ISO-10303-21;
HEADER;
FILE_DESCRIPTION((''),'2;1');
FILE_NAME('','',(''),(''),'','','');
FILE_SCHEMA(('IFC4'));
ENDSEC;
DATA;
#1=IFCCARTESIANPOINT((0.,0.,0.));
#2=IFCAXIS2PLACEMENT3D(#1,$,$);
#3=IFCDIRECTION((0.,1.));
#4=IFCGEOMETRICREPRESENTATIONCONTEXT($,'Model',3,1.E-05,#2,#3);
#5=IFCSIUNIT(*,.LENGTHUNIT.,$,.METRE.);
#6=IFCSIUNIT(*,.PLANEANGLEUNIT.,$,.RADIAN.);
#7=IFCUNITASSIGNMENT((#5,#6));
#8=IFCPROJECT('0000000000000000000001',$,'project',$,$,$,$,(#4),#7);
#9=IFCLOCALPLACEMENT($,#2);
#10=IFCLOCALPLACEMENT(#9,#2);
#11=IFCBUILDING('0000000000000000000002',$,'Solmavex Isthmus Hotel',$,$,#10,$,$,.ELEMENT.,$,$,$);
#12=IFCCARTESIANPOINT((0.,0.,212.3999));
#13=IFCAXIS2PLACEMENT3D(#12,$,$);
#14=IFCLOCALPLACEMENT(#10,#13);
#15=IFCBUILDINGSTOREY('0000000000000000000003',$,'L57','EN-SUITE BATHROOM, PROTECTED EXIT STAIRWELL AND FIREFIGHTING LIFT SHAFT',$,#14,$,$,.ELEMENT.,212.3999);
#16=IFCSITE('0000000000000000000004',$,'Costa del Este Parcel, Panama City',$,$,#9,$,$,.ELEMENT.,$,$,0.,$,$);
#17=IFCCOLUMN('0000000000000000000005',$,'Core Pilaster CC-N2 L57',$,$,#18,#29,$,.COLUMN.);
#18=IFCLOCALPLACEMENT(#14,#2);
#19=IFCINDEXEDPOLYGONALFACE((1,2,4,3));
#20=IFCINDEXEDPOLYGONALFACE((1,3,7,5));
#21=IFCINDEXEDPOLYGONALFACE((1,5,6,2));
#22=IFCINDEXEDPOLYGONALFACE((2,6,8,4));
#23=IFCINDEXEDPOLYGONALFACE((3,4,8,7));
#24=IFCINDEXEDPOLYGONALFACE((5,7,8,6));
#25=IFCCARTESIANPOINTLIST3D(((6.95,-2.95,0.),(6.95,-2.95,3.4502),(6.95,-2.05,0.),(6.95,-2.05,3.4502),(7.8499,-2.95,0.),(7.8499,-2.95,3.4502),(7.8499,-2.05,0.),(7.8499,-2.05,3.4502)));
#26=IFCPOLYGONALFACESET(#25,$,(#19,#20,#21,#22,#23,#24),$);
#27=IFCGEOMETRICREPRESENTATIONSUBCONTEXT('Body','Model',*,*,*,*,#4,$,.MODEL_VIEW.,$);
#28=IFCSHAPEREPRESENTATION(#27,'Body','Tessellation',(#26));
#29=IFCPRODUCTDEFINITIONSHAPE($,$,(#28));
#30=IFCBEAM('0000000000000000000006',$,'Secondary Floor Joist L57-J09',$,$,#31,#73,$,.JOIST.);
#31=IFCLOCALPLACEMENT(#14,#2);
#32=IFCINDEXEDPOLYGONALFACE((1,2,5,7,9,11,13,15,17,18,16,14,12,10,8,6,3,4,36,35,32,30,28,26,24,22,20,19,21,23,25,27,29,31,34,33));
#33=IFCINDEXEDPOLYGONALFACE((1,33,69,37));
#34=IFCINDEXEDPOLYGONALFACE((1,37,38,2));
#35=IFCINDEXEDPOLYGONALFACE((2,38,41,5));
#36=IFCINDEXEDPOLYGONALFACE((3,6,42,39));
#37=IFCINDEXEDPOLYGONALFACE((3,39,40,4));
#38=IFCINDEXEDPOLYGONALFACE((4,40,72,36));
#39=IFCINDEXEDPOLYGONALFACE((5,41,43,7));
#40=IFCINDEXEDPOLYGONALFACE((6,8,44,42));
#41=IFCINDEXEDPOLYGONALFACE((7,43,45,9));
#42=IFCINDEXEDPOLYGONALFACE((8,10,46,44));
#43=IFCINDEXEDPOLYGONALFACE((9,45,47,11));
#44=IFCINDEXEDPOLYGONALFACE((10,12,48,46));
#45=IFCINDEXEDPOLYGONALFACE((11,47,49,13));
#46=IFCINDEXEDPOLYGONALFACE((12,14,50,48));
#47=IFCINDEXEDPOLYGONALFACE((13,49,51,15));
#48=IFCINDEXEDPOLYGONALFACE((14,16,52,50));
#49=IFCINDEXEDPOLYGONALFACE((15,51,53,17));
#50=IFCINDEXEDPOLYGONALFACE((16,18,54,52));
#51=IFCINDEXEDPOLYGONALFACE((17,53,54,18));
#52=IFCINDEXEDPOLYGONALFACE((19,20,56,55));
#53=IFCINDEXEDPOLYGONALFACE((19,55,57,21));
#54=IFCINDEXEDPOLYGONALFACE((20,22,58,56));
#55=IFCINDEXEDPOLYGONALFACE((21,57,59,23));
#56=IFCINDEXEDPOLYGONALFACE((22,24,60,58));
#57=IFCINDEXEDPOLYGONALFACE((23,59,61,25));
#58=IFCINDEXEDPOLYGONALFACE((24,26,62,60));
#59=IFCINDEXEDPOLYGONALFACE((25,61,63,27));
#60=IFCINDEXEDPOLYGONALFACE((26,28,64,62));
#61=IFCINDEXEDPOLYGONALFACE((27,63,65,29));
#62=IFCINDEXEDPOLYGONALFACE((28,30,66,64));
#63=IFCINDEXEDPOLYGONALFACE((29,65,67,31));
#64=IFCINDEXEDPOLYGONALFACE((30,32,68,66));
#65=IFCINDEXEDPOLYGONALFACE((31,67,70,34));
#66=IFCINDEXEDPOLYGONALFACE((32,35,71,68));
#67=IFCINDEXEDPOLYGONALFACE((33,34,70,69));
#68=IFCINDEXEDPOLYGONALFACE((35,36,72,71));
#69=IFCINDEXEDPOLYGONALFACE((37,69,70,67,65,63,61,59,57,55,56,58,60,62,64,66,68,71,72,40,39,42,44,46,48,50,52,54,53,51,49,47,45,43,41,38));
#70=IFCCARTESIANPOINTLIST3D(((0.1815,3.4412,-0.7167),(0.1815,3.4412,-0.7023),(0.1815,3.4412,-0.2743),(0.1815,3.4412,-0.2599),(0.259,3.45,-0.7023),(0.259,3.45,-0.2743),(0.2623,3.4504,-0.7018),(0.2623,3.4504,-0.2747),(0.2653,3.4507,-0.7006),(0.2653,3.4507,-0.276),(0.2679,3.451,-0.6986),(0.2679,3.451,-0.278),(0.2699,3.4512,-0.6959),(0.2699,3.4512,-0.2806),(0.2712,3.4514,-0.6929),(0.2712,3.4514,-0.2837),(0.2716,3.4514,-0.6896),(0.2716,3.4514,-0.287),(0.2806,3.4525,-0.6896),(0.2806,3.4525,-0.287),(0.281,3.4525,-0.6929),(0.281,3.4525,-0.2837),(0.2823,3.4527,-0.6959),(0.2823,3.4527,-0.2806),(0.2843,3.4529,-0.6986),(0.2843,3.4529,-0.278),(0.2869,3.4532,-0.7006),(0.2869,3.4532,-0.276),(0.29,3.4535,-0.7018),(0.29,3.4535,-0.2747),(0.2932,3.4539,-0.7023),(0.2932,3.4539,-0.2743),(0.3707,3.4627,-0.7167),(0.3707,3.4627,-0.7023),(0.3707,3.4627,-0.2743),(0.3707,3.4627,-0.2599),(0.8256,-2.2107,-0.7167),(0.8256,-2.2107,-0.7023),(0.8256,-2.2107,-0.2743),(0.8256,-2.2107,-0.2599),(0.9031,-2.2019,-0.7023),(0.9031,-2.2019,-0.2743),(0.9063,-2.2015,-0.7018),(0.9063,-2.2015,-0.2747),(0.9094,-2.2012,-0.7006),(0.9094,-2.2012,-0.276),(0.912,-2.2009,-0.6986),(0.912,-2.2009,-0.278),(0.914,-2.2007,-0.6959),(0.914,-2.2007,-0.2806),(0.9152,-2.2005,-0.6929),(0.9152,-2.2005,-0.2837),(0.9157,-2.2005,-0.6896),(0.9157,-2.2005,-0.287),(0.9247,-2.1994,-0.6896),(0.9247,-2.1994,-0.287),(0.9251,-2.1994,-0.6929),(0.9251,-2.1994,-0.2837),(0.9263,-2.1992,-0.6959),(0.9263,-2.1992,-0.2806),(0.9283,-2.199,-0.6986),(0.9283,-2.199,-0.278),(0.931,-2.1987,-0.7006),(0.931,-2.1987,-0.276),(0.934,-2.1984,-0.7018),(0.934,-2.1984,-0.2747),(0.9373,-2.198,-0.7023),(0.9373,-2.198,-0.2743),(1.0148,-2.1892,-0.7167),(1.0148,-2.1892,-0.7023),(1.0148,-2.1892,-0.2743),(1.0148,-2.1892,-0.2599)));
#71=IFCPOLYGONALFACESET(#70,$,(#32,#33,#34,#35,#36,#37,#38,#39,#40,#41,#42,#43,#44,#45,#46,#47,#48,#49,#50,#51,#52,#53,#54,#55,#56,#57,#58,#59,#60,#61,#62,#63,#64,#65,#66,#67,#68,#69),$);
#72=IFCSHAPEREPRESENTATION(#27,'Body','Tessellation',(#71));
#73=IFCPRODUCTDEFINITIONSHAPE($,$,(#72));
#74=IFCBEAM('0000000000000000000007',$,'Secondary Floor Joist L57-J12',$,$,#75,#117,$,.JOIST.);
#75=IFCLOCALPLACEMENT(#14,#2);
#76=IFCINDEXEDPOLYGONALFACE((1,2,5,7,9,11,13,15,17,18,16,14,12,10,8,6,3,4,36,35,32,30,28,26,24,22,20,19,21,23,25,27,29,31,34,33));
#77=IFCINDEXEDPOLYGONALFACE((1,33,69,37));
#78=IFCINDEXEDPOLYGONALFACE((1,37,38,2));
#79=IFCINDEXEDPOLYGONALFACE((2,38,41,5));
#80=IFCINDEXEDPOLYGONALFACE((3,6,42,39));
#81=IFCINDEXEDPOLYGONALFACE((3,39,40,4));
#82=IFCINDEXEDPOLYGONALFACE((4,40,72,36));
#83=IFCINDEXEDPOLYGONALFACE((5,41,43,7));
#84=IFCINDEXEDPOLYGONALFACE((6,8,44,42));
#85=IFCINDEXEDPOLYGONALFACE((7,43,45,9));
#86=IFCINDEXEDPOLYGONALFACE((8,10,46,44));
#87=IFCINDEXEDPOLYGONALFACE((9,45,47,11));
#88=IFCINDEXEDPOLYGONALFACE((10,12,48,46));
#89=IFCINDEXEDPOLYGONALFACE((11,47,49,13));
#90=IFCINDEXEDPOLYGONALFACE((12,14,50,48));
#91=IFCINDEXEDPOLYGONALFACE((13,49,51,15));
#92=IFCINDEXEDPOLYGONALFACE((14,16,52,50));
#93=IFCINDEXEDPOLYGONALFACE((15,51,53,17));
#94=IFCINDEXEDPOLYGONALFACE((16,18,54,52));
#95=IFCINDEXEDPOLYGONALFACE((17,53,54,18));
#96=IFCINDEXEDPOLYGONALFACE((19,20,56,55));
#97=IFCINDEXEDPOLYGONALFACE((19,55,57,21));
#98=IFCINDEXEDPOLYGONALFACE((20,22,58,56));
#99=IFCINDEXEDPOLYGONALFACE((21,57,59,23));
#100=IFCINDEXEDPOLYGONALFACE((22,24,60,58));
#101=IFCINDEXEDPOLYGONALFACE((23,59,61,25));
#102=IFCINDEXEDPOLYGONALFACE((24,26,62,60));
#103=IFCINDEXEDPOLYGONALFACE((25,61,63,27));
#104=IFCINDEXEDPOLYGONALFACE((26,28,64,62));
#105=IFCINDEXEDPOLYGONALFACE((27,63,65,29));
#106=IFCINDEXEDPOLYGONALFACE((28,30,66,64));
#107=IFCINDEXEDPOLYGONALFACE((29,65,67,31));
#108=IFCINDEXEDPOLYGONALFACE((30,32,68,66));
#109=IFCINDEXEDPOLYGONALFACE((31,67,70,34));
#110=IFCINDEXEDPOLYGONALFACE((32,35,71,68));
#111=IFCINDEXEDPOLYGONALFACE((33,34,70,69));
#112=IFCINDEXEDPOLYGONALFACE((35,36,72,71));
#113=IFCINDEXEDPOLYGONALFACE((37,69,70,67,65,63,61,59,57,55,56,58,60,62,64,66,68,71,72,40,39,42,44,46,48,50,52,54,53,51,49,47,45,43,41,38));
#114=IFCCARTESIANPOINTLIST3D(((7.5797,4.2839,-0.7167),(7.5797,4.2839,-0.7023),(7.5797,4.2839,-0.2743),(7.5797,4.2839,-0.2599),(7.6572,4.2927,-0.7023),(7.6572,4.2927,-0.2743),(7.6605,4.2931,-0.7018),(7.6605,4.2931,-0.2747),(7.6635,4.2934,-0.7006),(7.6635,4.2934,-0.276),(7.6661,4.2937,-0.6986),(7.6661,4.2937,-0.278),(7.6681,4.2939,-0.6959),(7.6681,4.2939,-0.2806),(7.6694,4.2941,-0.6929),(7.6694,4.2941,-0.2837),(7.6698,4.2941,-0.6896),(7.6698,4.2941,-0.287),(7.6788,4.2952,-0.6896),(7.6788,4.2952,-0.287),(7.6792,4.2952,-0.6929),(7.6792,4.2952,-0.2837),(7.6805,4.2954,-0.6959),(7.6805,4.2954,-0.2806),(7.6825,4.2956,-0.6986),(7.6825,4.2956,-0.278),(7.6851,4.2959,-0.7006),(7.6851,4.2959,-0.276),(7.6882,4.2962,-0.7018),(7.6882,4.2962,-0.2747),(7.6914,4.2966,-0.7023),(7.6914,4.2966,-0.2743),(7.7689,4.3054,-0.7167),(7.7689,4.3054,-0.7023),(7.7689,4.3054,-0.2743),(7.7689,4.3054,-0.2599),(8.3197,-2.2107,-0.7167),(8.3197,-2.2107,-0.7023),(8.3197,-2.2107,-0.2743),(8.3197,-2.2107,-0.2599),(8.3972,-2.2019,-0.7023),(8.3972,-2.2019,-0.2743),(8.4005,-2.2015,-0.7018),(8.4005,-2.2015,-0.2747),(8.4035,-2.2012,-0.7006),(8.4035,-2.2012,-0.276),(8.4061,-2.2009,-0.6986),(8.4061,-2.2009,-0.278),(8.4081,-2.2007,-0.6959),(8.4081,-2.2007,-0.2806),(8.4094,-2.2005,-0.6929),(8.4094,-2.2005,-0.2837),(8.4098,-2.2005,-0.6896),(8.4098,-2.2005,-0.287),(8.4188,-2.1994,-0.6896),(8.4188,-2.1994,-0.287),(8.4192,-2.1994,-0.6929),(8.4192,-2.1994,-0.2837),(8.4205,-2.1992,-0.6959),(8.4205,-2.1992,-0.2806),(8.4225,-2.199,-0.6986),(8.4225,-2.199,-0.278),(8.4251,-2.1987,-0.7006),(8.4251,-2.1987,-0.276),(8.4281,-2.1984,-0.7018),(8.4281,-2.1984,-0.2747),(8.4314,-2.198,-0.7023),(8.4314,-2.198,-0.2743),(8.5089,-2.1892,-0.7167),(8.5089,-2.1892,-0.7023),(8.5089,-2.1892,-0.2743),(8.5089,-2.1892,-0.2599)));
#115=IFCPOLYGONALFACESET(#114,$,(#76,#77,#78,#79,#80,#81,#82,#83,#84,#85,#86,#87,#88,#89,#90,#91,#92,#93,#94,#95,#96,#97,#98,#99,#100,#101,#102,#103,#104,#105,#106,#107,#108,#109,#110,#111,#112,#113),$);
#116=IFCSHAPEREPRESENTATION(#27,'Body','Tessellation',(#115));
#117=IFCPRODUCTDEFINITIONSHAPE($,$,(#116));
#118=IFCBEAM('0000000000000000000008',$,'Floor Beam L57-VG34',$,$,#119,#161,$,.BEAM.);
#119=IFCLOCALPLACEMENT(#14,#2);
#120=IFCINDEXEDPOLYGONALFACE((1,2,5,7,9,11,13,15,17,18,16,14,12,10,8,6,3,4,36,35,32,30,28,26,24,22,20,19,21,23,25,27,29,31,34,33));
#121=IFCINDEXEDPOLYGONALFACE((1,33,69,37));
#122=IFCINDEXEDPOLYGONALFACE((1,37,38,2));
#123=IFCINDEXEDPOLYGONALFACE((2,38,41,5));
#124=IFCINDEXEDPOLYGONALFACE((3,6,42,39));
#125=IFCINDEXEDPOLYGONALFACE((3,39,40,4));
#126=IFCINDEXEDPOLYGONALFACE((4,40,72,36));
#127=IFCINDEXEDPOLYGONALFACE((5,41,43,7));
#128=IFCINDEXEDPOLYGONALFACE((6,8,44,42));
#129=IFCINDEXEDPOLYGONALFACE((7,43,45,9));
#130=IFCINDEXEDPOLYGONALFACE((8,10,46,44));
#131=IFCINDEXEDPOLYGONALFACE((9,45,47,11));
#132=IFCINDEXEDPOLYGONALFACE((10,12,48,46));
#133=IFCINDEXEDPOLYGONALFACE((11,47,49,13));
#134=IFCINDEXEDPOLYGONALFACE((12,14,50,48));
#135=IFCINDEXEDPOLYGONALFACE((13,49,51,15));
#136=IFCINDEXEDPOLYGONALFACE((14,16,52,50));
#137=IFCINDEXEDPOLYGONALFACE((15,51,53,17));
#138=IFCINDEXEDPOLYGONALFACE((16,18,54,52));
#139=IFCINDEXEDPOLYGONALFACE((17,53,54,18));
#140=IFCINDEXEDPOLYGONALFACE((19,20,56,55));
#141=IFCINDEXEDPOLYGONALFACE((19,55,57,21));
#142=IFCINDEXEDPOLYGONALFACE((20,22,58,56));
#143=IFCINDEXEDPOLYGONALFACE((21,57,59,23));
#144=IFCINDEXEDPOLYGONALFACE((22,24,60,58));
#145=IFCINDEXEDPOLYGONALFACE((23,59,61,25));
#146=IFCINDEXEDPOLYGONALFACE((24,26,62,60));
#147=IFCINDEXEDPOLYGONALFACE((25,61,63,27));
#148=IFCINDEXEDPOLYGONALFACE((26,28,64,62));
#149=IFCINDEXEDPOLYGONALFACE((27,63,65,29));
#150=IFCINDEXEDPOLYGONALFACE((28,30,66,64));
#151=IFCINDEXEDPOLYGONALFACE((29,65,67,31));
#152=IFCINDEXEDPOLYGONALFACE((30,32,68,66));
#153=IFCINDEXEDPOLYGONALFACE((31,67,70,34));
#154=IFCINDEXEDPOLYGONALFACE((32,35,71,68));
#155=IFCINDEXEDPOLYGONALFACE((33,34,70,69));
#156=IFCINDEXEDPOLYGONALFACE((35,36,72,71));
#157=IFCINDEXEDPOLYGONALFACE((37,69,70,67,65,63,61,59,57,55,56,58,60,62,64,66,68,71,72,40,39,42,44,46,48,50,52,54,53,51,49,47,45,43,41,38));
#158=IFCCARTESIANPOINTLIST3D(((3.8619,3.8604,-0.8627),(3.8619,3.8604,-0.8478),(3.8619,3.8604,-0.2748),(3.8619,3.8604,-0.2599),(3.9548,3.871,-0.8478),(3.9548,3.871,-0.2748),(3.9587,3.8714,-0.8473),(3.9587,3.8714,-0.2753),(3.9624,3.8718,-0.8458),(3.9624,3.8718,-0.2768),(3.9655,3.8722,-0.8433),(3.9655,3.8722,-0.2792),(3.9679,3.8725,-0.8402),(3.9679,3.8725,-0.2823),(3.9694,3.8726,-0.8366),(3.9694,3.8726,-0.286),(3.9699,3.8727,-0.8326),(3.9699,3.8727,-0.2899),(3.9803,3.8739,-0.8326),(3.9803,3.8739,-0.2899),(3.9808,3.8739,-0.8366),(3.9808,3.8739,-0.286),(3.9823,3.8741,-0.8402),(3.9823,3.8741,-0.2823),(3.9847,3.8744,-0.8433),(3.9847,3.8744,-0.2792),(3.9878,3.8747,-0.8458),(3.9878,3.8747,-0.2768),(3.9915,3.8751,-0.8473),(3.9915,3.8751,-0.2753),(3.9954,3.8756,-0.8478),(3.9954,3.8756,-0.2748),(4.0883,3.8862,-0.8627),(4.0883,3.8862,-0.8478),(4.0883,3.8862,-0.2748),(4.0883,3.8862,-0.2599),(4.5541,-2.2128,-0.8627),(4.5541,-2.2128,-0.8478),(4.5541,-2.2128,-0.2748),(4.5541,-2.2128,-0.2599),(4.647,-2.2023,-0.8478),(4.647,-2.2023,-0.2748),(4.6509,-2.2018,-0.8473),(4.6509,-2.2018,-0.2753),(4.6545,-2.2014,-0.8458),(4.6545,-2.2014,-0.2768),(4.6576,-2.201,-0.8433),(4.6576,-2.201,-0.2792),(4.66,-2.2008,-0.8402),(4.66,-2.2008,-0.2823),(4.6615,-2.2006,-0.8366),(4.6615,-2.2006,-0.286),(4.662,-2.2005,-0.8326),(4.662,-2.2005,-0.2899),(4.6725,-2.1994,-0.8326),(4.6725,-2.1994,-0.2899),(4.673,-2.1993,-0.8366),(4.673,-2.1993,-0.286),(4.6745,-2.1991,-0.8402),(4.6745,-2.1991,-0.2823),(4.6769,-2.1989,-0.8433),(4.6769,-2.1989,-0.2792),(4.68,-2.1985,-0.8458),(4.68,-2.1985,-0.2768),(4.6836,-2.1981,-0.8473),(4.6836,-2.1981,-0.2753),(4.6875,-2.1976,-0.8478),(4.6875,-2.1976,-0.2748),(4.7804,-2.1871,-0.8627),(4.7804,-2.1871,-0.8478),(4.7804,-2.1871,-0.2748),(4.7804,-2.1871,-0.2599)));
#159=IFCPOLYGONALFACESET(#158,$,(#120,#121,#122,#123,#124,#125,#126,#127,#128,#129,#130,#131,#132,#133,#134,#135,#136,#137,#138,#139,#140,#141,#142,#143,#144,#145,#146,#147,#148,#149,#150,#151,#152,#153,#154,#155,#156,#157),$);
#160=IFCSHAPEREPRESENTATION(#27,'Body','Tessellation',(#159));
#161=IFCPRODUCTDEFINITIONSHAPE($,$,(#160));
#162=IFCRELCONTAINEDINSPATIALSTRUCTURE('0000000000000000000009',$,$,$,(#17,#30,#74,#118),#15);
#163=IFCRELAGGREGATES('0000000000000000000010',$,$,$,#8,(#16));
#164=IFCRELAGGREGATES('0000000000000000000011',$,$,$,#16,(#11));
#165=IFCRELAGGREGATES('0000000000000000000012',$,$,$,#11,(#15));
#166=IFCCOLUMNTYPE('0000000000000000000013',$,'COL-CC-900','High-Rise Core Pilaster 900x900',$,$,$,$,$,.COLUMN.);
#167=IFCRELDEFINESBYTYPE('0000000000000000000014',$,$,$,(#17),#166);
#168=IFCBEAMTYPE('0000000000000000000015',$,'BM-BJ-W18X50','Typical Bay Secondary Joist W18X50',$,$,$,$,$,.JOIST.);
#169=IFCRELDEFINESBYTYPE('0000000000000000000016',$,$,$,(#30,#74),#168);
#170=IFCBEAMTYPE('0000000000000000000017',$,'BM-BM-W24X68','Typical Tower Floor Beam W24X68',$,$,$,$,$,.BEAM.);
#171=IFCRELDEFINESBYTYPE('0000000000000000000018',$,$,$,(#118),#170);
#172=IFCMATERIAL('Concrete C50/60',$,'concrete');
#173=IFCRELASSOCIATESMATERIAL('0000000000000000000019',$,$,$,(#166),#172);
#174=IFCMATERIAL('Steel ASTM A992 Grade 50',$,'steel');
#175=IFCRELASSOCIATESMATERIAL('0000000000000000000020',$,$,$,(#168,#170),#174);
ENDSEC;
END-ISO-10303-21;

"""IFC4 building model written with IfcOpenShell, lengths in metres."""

from ifc_helpers import new_model, si_unit, direction, frame, origin, origin_2d, place, context, subcontext, project, spatial, rectangle, i_section, extrude, material, material_profile, profile_set, type_object, element, save


model = new_model("IFC4")

# Units and contexts
model_context = context("Model", 3, precision=1e-05, world=origin(), true_north=direction((0.0, 1.0)))
body_context = subcontext(model_context, "Body", "Model", "MODEL_VIEW")
ifc_project = project(units=[si_unit("LENGTHUNIT", "METRE"), si_unit("PLANEANGLEUNIT", "RADIAN")], contexts=[model_context])

# Site, building, storey
site_placement = place(None, origin())
site = spatial("IfcSite", under=ifc_project, at=site_placement, Name="Costa del Este Parcel, Panama City", CompositionType="ELEMENT", RefElevation=0.0)
building_placement = place(site_placement, origin())
building = spatial("IfcBuilding", under=site, at=building_placement, Name="Solmavex Isthmus Hotel", CompositionType="ELEMENT")
storey_placement = place(building_placement, frame((0.0, 0.0, 212.3999)))
storey = spatial("IfcBuildingStorey", under=building, at=storey_placement, Name="L57", Description="EN-SUITE BATHROOM, PROTECTED EXIT STAIRWELL AND FIREFIGHTING LIFT SHAFT", CompositionType="ELEMENT", Elevation=212.3999)

# Column
ifc_material_1 = material(Name="Concrete C50/60", Category="concrete")
ifc_material_profile_1 = material_profile(ifc_material_1, rectangle(XDim=0.8999, YDim=0.8999, at=origin_2d()), Name="RC900X900")
ifc_profile_set_1 = profile_set([ifc_material_profile_1], Name="Concrete C50/60")
column_type = type_object("IfcColumnType", Name="COL-CC-900", Description="High-Rise Core Pilaster 900x900", PredefinedType="COLUMN", material=ifc_profile_set_1)
column_placement = place(storey_placement, frame((7.3999, -2.5, 0.0), z_axis=(0.0, 0.0, 1.0), x_axis=(1.0, 0.0, 0.0)))
element("IfcColumn", 1, at=column_placement, inside=storey, type_object=column_type, Name="Core Pilaster CC-N2 L57", PredefinedType="COLUMN", context=body_context, shape_type="SweptSolid", body=[
    extrude(rectangle(XDim=0.8999, YDim=0.8999, at=origin_2d()), origin(), (0.0, 0.0, 1.0), 3.4502),
])

# Beams
ifc_material_2 = material(Name="Steel ASTM A992 Grade 50", Category="steel")
ifc_material_profile_2 = material_profile(ifc_material_2, i_section(OverallWidth=0.1904, OverallDepth=0.4568, WebThickness=0.009, FlangeThickness=0.0144, FilletRadius=0.0127, at=origin_2d()), Name="W18X50")
ifc_profile_set_2 = profile_set([ifc_material_profile_2], Name="Steel ASTM A992 Grade 50")
beam_type_1 = type_object("IfcBeamType", Name="BM-BJ-W18X50", Description="Typical Bay Secondary Joist W18X50", PredefinedType="JOIST", material=ifc_profile_set_2)
beam_1_placement = place(storey_placement, frame((0.9202, -2.2, -0.4883), z_axis=(-0.11322, 0.99357, 0.0), x_axis=(-0.99357, -0.11322, 0.0)))
element("IfcBeam", 2, at=beam_1_placement, inside=storey, type_object=beam_type_1, Name="Secondary Floor Joist L57-J09", PredefinedType="JOIST", context=body_context, shape_type="SweptSolid", body=[
    extrude(i_section(OverallWidth=0.1904, OverallDepth=0.4568, WebThickness=0.009, FlangeThickness=0.0144, FilletRadius=0.0127, at=origin_2d()), origin(), (0.0, 0.0, 1.0), 5.6885),
])
beam_2_placement = place(storey_placement, frame((8.4143, -2.2, -0.4883), z_axis=(-0.113206, 0.993571, 0.0), x_axis=(-0.993571, -0.113206, 0.0)))
element("IfcBeam", 3, at=beam_2_placement, inside=storey, type_object=beam_type_1, Name="Secondary Floor Joist L57-J12", PredefinedType="JOIST", context=body_context, shape_type="SweptSolid", body=[
    extrude(i_section(OverallWidth=0.1904, OverallDepth=0.4568, WebThickness=0.009, FlangeThickness=0.0144, FilletRadius=0.0127, at=origin_2d()), origin(), (0.0, 0.0, 1.0), 6.5366),
])
ifc_material_profile_3 = material_profile(ifc_material_2, i_section(OverallWidth=0.2278, OverallDepth=0.6028, WebThickness=0.0105, FlangeThickness=0.0149, FilletRadius=0.0151, at=origin_2d()), Name="W24X68")
ifc_profile_set_3 = profile_set([ifc_material_profile_3], Name="Steel ASTM A992 Grade 50")
beam_type_2 = type_object("IfcBeamType", Name="BM-BM-W24X68", Description="Typical Tower Floor Beam W24X68", PredefinedType="BEAM", material=ifc_profile_set_3)
beam_3_placement = place(storey_placement, frame((4.6672, -2.2, -0.5613), z_axis=(-0.113232, 0.993569, 0.0), x_axis=(-0.993569, -0.113232, 0.0)))
element("IfcBeam", 4, at=beam_3_placement, inside=storey, type_object=beam_type_2, Name="Floor Beam L57-VG34", PredefinedType="BEAM", context=body_context, shape_type="SweptSolid", body=[
    extrude(i_section(OverallWidth=0.2278, OverallDepth=0.6028, WebThickness=0.0105, FlangeThickness=0.0149, FilletRadius=0.0151, at=origin_2d()), origin(), (0.0, 0.0, 1.0), 6.1125),
])

save(model, "model.ifc")
